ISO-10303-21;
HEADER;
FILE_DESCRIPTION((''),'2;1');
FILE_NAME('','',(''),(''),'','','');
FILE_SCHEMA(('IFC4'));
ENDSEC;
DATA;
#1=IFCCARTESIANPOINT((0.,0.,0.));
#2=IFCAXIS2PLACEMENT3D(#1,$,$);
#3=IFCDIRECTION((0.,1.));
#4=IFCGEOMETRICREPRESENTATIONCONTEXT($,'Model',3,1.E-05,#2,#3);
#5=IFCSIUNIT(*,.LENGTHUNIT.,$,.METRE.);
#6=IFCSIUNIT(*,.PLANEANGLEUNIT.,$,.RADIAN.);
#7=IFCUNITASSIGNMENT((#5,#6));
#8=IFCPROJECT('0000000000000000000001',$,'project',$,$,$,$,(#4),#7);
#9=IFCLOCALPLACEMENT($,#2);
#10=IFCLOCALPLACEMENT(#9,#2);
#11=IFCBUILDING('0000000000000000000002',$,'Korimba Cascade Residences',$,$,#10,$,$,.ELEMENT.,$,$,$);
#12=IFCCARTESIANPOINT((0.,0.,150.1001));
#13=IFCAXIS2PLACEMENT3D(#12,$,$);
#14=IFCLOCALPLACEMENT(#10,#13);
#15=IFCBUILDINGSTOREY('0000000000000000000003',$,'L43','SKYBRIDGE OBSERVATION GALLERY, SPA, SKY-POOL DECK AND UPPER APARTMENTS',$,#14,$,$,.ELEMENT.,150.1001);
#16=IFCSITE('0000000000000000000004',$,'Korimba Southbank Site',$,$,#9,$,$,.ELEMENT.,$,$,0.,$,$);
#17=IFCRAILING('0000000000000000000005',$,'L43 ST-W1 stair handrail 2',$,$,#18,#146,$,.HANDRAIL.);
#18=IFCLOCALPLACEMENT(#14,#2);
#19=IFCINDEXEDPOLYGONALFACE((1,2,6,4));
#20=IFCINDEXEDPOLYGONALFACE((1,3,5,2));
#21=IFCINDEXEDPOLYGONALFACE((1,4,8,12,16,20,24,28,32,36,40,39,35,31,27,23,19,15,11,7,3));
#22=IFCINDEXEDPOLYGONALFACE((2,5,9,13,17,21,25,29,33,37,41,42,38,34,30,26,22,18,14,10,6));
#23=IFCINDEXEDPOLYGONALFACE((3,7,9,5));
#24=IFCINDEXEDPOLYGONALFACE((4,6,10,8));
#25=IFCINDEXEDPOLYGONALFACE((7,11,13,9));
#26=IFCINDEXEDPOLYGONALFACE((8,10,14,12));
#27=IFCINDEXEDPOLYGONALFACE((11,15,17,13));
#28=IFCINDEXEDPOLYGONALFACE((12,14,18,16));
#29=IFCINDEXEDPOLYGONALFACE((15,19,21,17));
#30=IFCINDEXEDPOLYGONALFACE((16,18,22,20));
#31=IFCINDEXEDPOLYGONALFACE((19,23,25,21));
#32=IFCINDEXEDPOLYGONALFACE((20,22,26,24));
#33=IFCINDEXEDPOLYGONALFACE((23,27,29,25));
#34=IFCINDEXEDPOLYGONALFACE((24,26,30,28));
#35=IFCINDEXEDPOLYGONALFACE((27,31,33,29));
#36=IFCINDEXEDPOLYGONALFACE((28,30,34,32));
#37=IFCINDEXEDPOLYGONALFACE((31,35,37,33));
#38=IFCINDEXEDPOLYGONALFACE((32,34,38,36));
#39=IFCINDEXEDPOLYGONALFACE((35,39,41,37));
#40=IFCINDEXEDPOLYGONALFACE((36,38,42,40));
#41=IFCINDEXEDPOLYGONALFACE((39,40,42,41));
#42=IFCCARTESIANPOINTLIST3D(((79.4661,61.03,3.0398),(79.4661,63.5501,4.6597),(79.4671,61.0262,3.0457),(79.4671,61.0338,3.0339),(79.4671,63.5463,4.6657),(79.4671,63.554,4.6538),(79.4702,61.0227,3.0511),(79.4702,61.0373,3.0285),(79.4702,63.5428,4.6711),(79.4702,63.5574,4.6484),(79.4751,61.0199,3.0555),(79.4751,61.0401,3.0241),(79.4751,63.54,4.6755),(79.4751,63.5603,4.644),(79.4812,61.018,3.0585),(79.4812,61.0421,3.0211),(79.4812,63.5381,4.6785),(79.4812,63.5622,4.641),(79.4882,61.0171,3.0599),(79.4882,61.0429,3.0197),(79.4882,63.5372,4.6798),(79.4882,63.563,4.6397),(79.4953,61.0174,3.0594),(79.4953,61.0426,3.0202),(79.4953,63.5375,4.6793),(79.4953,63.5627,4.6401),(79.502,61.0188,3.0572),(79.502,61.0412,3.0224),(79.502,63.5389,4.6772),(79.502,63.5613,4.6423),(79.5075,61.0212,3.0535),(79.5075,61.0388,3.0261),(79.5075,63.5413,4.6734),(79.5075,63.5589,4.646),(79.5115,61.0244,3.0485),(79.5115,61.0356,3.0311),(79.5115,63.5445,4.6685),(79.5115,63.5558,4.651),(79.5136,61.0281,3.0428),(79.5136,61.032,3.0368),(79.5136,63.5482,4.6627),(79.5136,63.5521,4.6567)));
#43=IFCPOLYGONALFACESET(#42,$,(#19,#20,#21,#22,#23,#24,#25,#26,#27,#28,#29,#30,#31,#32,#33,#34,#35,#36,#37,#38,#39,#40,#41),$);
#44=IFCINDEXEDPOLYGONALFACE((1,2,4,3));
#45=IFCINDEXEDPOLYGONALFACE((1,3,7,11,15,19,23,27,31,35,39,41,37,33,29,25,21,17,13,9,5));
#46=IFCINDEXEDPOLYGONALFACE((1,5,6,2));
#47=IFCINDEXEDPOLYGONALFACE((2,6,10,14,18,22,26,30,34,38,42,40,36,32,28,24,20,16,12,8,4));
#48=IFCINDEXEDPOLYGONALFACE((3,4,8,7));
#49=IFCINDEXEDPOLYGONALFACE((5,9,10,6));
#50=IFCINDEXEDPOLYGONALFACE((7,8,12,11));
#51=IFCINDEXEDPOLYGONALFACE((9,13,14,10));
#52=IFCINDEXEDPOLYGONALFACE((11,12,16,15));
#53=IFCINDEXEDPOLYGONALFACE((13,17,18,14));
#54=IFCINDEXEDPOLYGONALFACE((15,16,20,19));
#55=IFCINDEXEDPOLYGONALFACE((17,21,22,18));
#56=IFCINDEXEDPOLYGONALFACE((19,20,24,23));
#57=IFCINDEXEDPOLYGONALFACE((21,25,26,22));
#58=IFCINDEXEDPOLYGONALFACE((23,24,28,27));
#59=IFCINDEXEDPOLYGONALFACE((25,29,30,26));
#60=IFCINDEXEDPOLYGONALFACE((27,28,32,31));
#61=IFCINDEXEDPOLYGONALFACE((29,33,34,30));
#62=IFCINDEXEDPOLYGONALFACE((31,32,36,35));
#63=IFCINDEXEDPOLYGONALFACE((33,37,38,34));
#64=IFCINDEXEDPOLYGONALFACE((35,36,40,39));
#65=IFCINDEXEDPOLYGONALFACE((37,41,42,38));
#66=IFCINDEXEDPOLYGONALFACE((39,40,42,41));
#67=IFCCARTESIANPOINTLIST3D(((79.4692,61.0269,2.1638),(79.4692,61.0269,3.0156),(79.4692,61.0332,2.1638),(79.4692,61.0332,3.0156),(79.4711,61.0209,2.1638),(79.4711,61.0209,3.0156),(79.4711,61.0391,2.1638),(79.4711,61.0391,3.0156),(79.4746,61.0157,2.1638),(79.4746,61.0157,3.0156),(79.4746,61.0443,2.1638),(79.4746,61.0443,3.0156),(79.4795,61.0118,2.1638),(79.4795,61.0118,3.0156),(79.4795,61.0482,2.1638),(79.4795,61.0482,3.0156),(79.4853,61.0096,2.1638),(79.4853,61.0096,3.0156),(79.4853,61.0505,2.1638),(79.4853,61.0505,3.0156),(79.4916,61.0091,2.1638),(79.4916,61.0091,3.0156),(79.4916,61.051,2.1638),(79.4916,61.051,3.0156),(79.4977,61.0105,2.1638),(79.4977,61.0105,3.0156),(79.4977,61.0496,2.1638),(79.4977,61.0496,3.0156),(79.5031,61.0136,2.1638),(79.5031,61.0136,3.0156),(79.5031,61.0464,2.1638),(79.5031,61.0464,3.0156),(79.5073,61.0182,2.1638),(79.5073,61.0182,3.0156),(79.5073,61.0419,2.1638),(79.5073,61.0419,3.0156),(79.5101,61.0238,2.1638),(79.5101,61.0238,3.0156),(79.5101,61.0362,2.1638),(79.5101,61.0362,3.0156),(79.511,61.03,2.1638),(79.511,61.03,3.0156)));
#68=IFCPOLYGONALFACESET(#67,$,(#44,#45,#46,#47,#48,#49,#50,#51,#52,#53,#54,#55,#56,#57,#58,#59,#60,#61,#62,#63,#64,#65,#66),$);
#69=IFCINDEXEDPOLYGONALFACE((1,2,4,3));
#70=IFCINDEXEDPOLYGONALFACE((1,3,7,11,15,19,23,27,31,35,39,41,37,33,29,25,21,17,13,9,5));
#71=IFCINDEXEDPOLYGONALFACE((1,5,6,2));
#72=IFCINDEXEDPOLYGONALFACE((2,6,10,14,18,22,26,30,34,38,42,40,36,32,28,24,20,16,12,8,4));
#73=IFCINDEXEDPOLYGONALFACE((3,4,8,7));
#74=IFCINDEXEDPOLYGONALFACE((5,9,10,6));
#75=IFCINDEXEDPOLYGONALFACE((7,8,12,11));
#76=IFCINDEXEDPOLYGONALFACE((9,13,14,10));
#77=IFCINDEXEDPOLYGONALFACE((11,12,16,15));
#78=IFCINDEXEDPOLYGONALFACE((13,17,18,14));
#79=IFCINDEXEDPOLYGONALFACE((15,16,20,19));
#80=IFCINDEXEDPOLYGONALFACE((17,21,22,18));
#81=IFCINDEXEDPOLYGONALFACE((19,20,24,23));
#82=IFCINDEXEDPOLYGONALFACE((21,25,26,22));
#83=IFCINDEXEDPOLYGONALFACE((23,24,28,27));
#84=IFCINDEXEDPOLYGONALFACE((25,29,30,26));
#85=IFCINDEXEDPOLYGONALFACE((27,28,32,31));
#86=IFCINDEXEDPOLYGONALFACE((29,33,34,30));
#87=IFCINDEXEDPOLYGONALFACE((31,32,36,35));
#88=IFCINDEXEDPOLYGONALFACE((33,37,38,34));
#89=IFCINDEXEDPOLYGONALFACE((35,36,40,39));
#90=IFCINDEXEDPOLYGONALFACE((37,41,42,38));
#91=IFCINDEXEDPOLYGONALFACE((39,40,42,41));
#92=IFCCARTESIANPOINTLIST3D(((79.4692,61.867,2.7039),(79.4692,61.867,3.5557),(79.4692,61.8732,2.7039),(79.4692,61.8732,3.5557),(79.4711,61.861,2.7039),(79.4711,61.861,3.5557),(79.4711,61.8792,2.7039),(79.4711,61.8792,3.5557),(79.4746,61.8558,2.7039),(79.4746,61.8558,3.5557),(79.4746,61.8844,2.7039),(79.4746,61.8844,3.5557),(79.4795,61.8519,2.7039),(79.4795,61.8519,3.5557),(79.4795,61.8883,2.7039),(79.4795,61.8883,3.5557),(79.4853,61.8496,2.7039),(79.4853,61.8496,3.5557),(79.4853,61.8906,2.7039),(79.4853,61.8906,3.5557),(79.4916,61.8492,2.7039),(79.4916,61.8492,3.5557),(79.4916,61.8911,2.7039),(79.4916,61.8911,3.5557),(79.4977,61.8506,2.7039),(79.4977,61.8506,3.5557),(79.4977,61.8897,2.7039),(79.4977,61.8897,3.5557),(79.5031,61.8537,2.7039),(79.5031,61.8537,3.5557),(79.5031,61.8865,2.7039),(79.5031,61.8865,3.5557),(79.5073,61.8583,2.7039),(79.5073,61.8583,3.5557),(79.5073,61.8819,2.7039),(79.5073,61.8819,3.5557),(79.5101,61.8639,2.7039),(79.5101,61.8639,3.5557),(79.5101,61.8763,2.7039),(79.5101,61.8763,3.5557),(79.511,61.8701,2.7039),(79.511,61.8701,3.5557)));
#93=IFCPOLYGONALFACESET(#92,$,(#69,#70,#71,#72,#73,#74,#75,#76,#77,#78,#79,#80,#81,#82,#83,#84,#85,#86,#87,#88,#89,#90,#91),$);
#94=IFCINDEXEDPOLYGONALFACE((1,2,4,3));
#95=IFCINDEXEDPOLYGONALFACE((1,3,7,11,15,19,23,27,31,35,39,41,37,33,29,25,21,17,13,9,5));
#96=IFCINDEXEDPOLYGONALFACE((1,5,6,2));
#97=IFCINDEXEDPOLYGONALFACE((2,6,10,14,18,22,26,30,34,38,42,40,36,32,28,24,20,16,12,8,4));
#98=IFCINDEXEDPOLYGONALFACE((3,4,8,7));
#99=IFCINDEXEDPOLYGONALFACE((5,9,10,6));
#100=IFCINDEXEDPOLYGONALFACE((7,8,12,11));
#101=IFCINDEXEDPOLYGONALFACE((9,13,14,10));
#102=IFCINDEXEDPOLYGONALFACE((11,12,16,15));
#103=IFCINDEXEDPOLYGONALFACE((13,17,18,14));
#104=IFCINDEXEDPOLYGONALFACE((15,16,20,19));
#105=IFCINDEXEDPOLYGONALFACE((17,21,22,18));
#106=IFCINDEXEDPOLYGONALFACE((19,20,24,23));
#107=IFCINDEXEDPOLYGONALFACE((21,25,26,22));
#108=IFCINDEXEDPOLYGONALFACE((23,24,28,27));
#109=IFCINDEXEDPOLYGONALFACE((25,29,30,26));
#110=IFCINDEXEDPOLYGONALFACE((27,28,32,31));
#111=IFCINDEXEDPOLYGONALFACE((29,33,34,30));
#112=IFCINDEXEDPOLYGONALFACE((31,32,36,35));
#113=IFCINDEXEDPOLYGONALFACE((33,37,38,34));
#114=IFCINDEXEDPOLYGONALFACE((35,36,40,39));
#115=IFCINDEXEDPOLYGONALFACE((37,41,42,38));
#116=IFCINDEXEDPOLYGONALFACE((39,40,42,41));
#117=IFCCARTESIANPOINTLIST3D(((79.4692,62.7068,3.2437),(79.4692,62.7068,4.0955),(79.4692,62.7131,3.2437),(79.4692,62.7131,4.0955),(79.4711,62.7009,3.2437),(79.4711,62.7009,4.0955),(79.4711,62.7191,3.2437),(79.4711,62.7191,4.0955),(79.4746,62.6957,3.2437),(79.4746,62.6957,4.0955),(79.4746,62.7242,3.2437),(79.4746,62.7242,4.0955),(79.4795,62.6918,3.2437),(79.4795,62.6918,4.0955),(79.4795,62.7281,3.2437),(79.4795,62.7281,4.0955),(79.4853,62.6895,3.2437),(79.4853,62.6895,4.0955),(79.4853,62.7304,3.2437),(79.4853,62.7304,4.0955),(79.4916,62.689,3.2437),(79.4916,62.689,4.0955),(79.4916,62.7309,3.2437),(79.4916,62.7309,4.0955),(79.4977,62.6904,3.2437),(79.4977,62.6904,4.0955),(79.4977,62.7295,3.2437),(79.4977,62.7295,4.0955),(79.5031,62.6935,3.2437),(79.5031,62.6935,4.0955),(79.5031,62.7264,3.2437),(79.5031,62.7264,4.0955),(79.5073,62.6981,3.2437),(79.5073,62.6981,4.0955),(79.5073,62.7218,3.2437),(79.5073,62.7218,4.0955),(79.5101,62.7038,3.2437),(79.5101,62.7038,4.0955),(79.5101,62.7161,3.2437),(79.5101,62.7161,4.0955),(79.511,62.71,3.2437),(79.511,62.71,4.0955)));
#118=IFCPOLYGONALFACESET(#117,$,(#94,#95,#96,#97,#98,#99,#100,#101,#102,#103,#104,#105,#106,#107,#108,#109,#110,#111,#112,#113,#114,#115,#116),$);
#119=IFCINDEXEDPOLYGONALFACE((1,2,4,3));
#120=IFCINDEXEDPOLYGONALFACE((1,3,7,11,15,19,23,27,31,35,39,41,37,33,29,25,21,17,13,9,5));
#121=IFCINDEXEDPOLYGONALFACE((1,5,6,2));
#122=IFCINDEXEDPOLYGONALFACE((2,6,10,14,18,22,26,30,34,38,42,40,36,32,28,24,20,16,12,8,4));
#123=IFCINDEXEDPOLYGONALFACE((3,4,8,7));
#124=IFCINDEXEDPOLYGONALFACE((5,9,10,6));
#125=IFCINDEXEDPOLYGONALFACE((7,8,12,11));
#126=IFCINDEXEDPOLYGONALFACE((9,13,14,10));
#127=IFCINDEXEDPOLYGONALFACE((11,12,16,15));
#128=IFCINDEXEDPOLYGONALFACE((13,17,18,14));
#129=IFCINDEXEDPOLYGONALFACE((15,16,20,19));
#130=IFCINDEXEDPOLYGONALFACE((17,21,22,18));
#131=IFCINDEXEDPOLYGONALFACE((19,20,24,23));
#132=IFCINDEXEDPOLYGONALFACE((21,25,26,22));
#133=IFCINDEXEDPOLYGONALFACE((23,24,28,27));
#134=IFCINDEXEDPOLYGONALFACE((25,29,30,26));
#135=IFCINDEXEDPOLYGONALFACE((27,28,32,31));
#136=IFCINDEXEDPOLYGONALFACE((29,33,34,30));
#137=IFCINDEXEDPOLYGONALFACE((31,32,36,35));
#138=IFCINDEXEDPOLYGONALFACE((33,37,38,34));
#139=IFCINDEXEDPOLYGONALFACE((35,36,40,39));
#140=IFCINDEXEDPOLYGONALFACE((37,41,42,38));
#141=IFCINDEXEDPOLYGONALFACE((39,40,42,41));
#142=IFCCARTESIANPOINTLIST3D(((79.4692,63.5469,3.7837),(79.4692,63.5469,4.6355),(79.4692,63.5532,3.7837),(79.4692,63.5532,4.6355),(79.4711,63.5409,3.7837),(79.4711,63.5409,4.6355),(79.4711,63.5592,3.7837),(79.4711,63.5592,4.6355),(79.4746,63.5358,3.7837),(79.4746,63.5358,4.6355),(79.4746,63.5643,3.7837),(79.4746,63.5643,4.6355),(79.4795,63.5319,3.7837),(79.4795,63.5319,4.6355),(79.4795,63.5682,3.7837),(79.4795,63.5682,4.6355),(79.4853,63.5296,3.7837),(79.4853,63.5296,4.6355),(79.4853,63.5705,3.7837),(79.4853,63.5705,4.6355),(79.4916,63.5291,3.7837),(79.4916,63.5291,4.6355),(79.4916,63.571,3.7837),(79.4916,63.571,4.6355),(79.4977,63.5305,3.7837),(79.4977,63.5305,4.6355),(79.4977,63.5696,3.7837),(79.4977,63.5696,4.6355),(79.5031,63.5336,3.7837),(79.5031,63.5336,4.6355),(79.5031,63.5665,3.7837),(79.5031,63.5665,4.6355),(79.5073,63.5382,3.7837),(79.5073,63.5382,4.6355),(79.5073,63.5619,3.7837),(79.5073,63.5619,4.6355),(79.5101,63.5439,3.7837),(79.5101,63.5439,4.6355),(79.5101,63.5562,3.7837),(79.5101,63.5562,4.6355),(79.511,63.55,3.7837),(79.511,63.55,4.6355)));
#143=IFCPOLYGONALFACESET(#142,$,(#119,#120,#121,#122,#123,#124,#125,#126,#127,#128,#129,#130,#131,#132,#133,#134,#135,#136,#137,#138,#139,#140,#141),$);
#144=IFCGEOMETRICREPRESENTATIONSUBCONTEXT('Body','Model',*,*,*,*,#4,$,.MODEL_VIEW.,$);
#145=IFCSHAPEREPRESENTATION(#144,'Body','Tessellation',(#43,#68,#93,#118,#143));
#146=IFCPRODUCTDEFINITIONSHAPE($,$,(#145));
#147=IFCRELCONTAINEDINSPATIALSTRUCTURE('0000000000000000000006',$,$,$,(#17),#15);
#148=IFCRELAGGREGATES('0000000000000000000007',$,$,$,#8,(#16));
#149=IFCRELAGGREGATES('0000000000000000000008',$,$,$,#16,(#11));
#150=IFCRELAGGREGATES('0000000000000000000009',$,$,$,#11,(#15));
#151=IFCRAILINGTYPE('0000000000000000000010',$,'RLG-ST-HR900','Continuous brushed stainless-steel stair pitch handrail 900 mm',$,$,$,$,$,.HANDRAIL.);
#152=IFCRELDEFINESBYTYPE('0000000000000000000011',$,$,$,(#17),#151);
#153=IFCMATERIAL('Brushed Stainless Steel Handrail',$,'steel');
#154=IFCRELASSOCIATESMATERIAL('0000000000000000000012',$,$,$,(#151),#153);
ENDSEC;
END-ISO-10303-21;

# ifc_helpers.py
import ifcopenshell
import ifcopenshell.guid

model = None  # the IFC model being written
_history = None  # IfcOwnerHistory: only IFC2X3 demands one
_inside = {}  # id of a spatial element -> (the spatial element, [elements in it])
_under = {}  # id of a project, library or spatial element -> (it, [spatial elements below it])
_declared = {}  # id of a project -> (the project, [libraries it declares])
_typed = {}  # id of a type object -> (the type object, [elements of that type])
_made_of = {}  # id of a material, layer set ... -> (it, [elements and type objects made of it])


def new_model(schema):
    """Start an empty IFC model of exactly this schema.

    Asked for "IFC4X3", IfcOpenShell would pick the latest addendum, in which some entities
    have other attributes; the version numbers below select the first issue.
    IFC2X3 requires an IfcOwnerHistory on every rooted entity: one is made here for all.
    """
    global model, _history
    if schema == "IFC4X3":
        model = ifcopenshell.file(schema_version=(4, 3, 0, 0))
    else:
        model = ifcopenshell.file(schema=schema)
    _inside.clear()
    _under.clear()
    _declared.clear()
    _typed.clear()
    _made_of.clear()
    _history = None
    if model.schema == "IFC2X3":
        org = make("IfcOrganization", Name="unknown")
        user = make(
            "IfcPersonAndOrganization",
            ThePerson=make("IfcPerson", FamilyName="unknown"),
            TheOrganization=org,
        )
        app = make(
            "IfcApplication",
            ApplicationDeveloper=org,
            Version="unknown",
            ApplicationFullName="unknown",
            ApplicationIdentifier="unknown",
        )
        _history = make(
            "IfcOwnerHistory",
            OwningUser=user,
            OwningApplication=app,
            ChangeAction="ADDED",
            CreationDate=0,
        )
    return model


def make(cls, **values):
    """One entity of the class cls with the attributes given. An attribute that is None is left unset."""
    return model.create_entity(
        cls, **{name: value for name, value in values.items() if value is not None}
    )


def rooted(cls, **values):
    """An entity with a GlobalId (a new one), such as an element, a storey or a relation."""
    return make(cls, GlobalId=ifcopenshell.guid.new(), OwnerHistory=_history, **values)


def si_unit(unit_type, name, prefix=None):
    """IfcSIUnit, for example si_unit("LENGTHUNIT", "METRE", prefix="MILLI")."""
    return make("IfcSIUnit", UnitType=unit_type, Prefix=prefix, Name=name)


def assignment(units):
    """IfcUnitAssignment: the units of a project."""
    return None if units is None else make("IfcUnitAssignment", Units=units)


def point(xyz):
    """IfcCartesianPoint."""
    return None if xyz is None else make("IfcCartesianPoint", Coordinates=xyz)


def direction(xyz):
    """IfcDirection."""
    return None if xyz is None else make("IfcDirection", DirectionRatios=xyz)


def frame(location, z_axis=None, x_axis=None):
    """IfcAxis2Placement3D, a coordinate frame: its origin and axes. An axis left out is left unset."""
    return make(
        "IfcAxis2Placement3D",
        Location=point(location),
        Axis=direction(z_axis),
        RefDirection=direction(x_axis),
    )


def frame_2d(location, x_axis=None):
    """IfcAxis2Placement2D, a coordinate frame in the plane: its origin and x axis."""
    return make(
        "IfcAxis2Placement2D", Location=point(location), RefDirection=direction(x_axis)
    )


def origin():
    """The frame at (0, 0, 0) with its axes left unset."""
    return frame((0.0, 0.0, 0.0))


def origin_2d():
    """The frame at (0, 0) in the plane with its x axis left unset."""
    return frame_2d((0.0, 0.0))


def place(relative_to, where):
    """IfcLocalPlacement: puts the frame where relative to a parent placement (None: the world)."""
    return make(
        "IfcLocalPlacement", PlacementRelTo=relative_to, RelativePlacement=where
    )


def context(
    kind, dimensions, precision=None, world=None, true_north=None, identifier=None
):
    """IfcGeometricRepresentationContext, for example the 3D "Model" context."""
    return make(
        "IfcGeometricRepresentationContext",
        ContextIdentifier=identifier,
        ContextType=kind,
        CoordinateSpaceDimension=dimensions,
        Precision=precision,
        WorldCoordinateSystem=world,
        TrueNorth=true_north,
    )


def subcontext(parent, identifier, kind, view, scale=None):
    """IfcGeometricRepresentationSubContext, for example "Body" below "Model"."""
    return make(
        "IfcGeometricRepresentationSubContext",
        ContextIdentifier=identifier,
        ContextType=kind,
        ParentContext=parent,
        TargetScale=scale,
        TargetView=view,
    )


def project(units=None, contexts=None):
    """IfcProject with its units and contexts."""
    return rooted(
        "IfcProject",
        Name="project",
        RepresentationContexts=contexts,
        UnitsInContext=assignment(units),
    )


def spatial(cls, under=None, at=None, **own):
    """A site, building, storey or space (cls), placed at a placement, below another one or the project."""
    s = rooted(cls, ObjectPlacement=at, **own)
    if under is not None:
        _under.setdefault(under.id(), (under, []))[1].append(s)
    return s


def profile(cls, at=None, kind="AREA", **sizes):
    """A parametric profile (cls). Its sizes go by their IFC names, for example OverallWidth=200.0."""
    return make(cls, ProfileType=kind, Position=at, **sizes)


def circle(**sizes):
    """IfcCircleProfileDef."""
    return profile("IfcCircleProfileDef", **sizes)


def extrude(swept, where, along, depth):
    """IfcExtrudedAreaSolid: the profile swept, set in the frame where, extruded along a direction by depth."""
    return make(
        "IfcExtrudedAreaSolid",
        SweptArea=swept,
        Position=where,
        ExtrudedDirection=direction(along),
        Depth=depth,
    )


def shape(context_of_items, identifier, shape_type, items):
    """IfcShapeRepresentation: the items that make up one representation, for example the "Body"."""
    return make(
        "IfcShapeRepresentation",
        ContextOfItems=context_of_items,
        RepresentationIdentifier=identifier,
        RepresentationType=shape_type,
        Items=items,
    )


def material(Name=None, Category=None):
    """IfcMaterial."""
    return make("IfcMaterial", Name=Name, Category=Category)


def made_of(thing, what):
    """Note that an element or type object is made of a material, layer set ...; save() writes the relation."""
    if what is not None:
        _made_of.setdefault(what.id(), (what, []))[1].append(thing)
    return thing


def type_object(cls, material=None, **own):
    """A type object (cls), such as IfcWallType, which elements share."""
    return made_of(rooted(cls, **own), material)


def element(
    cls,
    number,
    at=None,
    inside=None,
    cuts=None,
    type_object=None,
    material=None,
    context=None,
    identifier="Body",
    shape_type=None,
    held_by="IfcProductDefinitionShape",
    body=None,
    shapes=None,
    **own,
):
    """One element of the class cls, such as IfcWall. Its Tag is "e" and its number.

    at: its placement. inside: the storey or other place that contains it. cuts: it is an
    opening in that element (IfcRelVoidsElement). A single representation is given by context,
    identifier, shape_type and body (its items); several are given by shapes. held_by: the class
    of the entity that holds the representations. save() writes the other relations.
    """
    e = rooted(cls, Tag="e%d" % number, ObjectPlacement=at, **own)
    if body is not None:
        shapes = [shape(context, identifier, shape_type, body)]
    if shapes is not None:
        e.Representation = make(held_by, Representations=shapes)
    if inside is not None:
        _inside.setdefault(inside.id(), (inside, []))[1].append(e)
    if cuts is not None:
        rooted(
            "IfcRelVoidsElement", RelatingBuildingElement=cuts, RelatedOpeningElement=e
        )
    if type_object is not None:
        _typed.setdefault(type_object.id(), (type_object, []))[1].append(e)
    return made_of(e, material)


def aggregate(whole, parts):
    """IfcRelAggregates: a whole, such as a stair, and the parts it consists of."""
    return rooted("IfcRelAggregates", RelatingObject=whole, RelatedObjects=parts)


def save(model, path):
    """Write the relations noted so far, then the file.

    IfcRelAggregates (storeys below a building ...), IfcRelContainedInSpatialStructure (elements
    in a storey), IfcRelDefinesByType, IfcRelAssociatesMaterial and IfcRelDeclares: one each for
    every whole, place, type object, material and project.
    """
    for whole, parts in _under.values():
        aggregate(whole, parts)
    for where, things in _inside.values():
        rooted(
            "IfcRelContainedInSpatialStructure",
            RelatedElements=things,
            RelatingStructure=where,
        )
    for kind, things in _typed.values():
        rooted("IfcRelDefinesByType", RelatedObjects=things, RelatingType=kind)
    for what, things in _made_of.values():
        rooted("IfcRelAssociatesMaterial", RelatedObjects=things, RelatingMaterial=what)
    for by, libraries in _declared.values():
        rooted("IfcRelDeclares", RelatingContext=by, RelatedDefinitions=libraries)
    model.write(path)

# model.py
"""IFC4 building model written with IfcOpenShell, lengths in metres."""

from ifc_helpers import new_model, si_unit, direction, frame, origin, origin_2d, place, context, subcontext, project, spatial, circle, extrude, material, type_object, element, save


model = new_model("IFC4")

# Units and contexts
model_context = context("Model", 3, precision=1e-05, world=origin(), true_north=direction((0.0, 1.0)))
body_context = subcontext(model_context, "Body", "Model", "MODEL_VIEW")
ifc_project = project(units=[si_unit("LENGTHUNIT", "METRE"), si_unit("PLANEANGLEUNIT", "RADIAN")], contexts=[model_context])

# Site, building, storey
site_placement = place(None, origin())
site = spatial("IfcSite", under=ifc_project, at=site_placement, Name="Korimba Southbank Site", CompositionType="ELEMENT", RefElevation=0.0)
building_placement = place(site_placement, origin())
building = spatial("IfcBuilding", under=site, at=building_placement, Name="Korimba Cascade Residences", CompositionType="ELEMENT")
storey_placement = place(building_placement, frame((0.0, 0.0, 150.1001)))
storey = spatial("IfcBuildingStorey", under=building, at=storey_placement, Name="L43", Description="SKYBRIDGE OBSERVATION GALLERY, SPA, SKY-POOL DECK AND UPPER APARTMENTS", CompositionType="ELEMENT", Elevation=150.1001)

# Railing
ifc_material_1 = material(Name="Brushed Stainless Steel Handrail", Category="steel")
railing_type_1 = type_object("IfcRailingType", Name="RLG-ST-HR900", Description="Continuous brushed stainless-steel stair pitch handrail 900 mm", PredefinedType="HANDRAIL", material=ifc_material_1)
railing_1_placement = place(storey_placement, frame((79.49, 61.03, 2.1638)))
element("IfcRailing", 1, at=railing_1_placement, inside=storey, type_object=railing_type_1, Name="L43 ST-W1 stair handrail 2", PredefinedType="HANDRAIL", context=body_context, shape_type="SweptSolid", body=[
    extrude(circle(Radius=0.0239, at=origin_2d()), frame((0.0, 0.0, 0.876), z_axis=(0.0, 0.8412, 0.540725), x_axis=(-1.0, 0.0, 0.0)), (0.0, 0.0, 1.0), 2.9958),
    extrude(circle(Radius=0.021, at=origin_2d()), origin(), (0.0, 0.0, 1.0), 0.8518),
    extrude(circle(Radius=0.021, at=origin_2d()), frame((0.0, 0.8401, 0.54)), (0.0, 0.0, 1.0), 0.8518),
    extrude(circle(Radius=0.021, at=origin_2d()), frame((0.0, 1.6799, 1.0798)), (0.0, 0.0, 1.0), 0.8518),
    extrude(circle(Radius=0.021, at=origin_2d()), frame((0.0, 2.52, 1.6199)), (0.0, 0.0, 1.0), 0.8518),
])

save(model, "model.ifc")
